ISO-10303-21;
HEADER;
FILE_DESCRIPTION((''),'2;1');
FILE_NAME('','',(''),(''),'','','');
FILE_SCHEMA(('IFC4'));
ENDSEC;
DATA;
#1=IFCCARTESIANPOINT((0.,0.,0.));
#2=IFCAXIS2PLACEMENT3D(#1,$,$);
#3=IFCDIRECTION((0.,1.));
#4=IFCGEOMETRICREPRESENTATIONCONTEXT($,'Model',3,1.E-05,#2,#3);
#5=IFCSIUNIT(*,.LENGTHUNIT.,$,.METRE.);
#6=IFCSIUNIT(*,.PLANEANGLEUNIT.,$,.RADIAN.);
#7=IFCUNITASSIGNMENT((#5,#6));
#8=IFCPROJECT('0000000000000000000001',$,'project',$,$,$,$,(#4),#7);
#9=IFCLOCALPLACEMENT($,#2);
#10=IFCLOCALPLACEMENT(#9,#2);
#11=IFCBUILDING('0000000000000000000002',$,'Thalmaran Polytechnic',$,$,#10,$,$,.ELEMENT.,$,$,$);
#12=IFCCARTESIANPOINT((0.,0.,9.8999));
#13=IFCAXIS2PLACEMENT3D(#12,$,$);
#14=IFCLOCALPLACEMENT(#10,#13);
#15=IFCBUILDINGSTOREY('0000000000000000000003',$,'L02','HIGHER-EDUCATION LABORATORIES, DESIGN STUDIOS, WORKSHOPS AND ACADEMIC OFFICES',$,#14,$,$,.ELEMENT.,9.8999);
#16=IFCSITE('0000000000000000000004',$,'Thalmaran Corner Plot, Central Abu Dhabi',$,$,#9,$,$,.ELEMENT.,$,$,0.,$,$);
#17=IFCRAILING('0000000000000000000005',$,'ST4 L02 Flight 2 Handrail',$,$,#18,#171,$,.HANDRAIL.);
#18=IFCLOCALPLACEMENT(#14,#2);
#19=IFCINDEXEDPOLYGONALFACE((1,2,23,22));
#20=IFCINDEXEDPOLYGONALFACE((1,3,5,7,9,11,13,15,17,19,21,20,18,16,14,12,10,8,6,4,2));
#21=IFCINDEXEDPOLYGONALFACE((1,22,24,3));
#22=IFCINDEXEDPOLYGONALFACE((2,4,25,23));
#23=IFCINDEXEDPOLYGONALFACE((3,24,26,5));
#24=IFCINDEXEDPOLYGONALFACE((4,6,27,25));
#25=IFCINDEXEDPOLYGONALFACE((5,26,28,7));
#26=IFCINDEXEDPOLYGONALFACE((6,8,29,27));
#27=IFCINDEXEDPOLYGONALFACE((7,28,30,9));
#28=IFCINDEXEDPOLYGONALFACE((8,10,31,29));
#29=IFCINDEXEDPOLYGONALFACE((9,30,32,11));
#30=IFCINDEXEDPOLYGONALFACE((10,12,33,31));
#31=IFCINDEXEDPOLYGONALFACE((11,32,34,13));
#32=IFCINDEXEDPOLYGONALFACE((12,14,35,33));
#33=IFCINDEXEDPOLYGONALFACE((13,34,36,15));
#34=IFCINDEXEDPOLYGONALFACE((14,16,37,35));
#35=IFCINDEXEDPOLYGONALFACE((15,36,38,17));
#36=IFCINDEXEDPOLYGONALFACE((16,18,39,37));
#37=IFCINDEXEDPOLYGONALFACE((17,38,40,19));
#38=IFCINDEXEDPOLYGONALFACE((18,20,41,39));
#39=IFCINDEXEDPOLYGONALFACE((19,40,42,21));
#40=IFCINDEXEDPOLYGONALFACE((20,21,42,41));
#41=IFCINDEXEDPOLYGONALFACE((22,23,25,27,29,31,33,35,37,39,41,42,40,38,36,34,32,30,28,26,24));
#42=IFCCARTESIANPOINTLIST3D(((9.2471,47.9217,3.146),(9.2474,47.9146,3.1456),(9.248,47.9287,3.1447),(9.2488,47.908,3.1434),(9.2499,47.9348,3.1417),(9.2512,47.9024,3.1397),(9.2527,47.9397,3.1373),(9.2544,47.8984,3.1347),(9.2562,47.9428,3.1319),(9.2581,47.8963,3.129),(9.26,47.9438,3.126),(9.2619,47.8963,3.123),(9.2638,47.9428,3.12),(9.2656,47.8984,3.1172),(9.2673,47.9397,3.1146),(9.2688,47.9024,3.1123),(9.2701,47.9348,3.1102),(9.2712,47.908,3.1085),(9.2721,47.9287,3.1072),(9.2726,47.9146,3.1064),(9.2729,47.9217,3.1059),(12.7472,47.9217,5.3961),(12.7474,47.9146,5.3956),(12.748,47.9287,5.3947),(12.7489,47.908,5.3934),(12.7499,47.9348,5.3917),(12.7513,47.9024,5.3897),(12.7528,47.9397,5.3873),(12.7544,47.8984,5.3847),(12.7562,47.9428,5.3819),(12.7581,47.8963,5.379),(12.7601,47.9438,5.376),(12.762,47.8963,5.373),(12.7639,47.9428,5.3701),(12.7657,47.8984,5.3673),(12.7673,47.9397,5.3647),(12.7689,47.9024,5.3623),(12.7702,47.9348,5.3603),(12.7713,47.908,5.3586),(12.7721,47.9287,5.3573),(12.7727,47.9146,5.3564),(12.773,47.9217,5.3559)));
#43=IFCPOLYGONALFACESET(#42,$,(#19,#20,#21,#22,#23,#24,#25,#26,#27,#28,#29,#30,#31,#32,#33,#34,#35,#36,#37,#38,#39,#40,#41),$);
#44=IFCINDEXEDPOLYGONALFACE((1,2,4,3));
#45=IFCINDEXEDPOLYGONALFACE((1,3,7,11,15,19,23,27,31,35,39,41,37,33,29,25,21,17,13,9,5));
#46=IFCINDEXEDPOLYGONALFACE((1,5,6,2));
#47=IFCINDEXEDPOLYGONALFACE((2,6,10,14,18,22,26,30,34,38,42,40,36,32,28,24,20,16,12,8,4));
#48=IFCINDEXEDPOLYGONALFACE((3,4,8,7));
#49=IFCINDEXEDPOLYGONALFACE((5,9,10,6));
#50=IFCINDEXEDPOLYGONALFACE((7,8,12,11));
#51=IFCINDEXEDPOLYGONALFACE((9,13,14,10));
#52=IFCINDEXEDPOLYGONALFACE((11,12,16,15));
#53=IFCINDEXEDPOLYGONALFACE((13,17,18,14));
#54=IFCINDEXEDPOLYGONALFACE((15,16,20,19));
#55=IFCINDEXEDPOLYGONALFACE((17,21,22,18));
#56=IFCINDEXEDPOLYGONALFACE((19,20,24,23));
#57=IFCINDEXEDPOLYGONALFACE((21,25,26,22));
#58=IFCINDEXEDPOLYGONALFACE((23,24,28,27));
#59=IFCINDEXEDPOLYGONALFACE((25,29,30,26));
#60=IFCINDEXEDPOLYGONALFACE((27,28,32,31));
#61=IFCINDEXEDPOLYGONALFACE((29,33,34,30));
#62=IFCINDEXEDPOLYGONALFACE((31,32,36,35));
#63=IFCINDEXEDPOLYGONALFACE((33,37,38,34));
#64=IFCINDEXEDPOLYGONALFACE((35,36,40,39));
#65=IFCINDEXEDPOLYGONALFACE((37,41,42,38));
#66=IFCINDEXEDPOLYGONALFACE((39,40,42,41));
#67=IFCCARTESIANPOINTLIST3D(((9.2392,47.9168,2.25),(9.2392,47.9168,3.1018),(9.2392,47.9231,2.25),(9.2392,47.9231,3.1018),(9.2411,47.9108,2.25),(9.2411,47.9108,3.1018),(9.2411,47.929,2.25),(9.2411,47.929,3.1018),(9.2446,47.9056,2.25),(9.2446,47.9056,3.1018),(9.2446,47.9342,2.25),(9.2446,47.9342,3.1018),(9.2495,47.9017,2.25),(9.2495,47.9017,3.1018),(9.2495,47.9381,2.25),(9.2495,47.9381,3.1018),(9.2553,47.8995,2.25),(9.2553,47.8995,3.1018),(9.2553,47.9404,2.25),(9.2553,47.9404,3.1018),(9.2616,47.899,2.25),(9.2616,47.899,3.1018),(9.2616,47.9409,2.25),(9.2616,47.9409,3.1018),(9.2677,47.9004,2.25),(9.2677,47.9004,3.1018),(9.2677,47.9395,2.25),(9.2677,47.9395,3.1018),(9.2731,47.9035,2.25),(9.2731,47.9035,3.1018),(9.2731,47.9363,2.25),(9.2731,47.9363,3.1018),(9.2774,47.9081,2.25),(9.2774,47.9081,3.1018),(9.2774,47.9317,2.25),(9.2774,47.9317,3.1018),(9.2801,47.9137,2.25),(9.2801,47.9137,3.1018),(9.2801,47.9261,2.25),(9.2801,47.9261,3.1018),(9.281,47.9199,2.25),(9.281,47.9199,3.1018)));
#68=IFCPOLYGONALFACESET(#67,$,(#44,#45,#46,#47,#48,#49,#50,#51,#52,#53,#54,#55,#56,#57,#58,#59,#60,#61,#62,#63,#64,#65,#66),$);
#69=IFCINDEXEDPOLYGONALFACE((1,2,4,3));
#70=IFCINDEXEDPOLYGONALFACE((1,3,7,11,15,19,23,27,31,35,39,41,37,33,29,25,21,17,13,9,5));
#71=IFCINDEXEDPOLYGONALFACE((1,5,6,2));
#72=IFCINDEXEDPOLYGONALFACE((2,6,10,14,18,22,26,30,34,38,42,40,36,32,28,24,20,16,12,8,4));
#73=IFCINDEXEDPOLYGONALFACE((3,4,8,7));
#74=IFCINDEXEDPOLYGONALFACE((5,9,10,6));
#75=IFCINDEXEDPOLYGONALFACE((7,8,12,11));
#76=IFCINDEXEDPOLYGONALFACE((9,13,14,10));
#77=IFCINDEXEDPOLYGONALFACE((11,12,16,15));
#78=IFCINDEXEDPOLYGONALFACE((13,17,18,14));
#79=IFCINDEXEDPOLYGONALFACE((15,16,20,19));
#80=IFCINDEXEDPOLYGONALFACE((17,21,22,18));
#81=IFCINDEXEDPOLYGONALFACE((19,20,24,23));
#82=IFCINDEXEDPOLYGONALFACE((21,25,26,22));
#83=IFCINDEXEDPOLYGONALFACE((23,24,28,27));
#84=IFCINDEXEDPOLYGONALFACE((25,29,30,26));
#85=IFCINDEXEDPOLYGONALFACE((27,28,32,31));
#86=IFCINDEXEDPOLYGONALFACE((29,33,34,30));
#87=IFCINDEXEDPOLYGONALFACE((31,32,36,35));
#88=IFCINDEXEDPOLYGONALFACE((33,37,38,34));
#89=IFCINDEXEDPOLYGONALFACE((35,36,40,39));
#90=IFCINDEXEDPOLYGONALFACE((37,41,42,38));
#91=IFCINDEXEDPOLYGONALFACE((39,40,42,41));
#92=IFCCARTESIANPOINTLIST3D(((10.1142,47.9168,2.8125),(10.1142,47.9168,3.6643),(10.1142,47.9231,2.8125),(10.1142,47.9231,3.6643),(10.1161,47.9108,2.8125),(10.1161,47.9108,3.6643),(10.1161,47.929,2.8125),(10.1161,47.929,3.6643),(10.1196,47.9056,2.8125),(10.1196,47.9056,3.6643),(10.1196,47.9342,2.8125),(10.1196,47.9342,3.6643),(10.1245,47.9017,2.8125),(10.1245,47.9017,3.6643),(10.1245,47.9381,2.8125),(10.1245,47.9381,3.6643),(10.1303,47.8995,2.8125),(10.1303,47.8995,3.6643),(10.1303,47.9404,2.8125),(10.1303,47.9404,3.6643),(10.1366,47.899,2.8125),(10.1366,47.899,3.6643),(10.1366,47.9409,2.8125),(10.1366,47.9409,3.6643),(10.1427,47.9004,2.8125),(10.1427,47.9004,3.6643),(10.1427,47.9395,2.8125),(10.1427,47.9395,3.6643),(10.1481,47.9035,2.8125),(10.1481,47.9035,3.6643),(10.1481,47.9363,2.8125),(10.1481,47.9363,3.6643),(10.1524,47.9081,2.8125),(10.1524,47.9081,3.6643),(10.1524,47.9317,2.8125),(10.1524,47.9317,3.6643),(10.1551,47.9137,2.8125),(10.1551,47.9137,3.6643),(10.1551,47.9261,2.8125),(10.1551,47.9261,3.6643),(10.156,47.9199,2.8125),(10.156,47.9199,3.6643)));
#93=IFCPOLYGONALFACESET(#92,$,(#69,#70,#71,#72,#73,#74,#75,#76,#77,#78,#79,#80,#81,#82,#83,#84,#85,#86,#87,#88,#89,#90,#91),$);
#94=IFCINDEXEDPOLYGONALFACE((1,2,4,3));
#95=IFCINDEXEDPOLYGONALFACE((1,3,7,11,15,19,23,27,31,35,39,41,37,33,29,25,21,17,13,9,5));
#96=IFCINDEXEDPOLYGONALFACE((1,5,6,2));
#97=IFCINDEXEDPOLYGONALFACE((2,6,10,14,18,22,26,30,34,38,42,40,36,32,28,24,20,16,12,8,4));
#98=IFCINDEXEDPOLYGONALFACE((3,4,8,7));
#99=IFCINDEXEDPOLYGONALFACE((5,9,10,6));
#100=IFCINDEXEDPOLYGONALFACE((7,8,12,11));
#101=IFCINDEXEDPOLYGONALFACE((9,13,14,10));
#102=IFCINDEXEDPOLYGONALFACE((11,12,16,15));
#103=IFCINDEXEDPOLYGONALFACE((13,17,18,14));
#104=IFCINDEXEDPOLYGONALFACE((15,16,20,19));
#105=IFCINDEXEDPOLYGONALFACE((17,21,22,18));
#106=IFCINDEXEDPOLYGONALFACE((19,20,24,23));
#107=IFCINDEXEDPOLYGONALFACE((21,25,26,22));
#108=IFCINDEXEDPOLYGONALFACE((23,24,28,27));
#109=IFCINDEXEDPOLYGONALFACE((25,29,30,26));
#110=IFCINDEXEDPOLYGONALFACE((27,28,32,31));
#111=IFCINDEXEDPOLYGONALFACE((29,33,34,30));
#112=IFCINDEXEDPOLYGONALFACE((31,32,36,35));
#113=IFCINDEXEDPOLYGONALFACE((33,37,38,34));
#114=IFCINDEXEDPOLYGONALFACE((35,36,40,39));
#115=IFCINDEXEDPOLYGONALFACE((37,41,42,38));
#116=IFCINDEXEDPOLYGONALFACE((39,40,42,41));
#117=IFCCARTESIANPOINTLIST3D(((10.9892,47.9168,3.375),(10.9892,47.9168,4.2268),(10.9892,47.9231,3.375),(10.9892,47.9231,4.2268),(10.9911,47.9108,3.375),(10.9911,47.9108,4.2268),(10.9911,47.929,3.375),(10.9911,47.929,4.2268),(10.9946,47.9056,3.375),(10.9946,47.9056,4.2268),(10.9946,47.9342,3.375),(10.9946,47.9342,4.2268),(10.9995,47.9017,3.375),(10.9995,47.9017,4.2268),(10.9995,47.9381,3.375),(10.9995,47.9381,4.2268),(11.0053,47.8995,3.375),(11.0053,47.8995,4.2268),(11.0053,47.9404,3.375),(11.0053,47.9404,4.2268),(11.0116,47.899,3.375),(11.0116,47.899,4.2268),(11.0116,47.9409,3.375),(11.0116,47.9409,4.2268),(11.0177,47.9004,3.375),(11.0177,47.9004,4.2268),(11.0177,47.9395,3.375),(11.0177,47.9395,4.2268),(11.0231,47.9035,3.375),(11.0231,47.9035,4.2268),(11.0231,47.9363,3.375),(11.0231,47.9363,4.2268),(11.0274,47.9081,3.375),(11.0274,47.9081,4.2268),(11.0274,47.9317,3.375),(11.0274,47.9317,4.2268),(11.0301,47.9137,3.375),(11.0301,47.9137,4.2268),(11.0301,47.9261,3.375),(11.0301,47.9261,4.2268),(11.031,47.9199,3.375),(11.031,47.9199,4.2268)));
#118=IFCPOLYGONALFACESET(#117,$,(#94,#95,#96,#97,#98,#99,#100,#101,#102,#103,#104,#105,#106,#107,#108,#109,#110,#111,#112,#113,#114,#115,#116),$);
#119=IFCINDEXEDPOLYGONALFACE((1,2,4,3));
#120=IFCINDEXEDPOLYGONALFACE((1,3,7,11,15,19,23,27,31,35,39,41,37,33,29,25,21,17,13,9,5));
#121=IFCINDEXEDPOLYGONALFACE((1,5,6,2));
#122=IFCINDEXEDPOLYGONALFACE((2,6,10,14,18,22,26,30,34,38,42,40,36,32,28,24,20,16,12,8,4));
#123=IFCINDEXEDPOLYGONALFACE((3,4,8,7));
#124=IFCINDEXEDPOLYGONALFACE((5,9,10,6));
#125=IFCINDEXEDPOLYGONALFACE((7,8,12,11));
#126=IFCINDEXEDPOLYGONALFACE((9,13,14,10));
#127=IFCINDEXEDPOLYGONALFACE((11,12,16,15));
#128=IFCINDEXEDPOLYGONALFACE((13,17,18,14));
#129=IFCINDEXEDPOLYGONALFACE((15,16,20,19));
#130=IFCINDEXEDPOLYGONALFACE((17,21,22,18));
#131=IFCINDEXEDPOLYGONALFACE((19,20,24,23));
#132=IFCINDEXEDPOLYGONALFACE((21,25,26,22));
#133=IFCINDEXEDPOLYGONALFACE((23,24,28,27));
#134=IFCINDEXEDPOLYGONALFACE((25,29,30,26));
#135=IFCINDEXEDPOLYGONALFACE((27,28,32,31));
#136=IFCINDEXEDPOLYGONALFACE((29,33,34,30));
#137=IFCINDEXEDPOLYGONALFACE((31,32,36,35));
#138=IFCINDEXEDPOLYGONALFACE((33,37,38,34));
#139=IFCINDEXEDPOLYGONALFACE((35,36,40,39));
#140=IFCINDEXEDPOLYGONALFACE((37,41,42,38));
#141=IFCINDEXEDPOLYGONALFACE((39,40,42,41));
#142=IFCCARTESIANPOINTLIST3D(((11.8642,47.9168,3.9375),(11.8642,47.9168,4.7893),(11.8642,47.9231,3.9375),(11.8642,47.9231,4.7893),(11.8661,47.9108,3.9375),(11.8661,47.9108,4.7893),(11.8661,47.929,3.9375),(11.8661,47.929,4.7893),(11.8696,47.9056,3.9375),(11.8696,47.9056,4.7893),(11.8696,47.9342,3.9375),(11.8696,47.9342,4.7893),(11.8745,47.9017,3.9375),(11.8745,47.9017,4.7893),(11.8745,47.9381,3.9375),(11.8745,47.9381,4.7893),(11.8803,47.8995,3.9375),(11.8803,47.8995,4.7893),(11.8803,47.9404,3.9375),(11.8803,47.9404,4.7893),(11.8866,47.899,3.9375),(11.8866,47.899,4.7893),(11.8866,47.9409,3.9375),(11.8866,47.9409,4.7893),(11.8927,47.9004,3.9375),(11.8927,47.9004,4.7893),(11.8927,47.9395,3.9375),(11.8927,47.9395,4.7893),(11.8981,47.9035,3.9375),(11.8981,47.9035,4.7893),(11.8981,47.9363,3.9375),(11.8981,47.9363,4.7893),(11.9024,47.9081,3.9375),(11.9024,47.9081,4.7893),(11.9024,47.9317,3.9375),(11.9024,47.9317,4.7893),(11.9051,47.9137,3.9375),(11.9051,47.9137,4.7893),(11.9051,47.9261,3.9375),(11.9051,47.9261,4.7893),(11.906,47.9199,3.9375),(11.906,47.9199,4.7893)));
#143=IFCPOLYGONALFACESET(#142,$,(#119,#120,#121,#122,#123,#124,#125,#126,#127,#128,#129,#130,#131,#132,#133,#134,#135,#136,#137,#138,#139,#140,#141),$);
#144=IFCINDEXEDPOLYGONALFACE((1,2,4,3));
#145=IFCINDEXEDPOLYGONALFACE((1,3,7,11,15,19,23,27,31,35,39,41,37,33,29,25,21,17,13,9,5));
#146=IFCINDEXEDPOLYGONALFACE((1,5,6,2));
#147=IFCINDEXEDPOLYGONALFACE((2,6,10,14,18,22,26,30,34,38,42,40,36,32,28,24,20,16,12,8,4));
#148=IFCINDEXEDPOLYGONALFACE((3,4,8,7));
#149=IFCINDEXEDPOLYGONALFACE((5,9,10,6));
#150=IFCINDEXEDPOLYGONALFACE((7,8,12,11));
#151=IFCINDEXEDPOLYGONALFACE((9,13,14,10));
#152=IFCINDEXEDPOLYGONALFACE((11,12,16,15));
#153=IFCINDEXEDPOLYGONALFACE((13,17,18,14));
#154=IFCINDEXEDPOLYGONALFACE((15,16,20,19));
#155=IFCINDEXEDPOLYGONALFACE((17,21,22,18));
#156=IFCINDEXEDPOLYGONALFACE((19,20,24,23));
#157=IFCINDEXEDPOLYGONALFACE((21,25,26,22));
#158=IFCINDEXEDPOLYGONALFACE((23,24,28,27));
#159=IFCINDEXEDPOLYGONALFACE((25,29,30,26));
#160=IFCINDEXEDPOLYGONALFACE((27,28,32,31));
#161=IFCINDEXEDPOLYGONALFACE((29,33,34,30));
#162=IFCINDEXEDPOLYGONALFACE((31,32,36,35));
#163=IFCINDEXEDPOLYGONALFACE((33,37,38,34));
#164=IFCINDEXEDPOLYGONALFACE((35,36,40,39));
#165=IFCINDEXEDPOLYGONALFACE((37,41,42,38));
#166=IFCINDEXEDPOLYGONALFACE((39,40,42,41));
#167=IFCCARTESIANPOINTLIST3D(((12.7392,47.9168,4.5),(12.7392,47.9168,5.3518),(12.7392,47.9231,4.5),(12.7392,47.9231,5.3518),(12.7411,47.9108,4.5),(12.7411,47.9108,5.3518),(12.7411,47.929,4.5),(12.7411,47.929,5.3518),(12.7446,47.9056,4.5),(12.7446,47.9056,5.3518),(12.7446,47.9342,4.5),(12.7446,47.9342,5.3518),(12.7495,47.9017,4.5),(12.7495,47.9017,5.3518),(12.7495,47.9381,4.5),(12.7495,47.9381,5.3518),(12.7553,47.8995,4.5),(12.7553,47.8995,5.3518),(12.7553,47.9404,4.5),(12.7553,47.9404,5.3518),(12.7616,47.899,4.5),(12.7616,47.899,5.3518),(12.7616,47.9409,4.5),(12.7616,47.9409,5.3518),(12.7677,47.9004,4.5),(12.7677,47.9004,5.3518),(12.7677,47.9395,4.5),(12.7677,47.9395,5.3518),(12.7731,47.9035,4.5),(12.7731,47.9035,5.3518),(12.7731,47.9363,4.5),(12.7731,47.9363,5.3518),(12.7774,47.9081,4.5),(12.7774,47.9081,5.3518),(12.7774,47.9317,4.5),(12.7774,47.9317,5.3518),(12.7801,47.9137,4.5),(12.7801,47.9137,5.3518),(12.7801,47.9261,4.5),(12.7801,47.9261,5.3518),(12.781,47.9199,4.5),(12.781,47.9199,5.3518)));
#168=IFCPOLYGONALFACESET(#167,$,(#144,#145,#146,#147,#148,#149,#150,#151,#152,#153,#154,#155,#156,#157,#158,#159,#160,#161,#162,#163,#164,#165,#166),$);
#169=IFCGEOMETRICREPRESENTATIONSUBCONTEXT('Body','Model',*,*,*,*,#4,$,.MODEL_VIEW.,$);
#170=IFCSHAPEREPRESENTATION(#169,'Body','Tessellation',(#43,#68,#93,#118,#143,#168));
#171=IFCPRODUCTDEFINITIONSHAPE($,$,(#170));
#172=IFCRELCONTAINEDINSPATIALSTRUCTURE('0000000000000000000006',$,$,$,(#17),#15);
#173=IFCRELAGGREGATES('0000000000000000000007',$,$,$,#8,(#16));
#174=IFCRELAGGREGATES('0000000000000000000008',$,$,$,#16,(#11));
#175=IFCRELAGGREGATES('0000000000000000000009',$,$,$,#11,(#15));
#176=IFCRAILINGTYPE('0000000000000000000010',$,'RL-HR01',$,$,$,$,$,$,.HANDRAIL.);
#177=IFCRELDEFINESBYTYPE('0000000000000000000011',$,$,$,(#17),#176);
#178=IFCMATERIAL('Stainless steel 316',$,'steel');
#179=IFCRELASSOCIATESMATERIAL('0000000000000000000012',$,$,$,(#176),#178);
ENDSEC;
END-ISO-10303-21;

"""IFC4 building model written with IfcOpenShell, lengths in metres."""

from ifc_helpers import new_model, si_unit, direction, frame, origin, origin_2d, place, context, subcontext, project, spatial, circle, extrude, material, type_object, element, save


model = new_model("IFC4")

# Units and contexts
model_context = context("Model", 3, precision=1e-05, world=origin(), true_north=direction((0.0, 1.0)))
body_context = subcontext(model_context, "Body", "Model", "MODEL_VIEW")
ifc_project = project(units=[si_unit("LENGTHUNIT", "METRE"), si_unit("PLANEANGLEUNIT", "RADIAN")], contexts=[model_context])

# Site, building, storey
site_placement = place(None, origin())
site = spatial("IfcSite", under=ifc_project, at=site_placement, Name="Thalmaran Corner Plot, Central Abu Dhabi", CompositionType="ELEMENT", RefElevation=0.0)
building_placement = place(site_placement, origin())
building = spatial("IfcBuilding", under=site, at=building_placement, Name="Thalmaran Polytechnic", CompositionType="ELEMENT")
storey_placement = place(building_placement, frame((0.0, 0.0, 9.8999)))
storey = spatial("IfcBuildingStorey", under=building, at=storey_placement, Name="L02", Description="HIGHER-EDUCATION LABORATORIES, DESIGN STUDIOS, WORKSHOPS AND ACADEMIC OFFICES", CompositionType="ELEMENT", Elevation=9.8999)

# Railing
ifc_material_1 = material(Name="Stainless steel 316", Category="steel")
railing_type_1 = type_object("IfcRailingType", Name="RL-HR01", PredefinedType="HANDRAIL", material=ifc_material_1)
railing_1_placement = place(storey_placement, frame((9.26, 47.9199, 2.25)))
element("IfcRailing", 1, at=railing_1_placement, inside=storey, type_object=railing_type_1, Name="ST4 L02 Flight 2 Handrail", PredefinedType="HANDRAIL", context=body_context, shape_type="SweptSolid", body=[
    extrude(circle(Radius=0.0239, at=origin_2d()), frame((0.0, 0.0, 0.876), z_axis=(0.841178, 0.0, 0.540758), x_axis=(0.0, 1.0, 0.0)), (0.0, 0.0, 1.0), 4.1609),
    extrude(circle(Radius=0.021, at=origin_2d()), origin(), (0.0, 0.0, 1.0), 0.8518),
    extrude(circle(Radius=0.021, at=origin_2d()), frame((0.875, 0.0, 0.5625)), (0.0, 0.0, 1.0), 0.8518),
    extrude(circle(Radius=0.021, at=origin_2d()), frame((1.75, 0.0, 1.125)), (0.0, 0.0, 1.0), 0.8518),
    extrude(circle(Radius=0.021, at=origin_2d()), frame((2.625, 0.0, 1.6875)), (0.0, 0.0, 1.0), 0.8518),
    extrude(circle(Radius=0.021, at=origin_2d()), frame((3.5, 0.0, 2.25)), (0.0, 0.0, 1.0), 0.8518),
])

save(model, "model.ifc")
